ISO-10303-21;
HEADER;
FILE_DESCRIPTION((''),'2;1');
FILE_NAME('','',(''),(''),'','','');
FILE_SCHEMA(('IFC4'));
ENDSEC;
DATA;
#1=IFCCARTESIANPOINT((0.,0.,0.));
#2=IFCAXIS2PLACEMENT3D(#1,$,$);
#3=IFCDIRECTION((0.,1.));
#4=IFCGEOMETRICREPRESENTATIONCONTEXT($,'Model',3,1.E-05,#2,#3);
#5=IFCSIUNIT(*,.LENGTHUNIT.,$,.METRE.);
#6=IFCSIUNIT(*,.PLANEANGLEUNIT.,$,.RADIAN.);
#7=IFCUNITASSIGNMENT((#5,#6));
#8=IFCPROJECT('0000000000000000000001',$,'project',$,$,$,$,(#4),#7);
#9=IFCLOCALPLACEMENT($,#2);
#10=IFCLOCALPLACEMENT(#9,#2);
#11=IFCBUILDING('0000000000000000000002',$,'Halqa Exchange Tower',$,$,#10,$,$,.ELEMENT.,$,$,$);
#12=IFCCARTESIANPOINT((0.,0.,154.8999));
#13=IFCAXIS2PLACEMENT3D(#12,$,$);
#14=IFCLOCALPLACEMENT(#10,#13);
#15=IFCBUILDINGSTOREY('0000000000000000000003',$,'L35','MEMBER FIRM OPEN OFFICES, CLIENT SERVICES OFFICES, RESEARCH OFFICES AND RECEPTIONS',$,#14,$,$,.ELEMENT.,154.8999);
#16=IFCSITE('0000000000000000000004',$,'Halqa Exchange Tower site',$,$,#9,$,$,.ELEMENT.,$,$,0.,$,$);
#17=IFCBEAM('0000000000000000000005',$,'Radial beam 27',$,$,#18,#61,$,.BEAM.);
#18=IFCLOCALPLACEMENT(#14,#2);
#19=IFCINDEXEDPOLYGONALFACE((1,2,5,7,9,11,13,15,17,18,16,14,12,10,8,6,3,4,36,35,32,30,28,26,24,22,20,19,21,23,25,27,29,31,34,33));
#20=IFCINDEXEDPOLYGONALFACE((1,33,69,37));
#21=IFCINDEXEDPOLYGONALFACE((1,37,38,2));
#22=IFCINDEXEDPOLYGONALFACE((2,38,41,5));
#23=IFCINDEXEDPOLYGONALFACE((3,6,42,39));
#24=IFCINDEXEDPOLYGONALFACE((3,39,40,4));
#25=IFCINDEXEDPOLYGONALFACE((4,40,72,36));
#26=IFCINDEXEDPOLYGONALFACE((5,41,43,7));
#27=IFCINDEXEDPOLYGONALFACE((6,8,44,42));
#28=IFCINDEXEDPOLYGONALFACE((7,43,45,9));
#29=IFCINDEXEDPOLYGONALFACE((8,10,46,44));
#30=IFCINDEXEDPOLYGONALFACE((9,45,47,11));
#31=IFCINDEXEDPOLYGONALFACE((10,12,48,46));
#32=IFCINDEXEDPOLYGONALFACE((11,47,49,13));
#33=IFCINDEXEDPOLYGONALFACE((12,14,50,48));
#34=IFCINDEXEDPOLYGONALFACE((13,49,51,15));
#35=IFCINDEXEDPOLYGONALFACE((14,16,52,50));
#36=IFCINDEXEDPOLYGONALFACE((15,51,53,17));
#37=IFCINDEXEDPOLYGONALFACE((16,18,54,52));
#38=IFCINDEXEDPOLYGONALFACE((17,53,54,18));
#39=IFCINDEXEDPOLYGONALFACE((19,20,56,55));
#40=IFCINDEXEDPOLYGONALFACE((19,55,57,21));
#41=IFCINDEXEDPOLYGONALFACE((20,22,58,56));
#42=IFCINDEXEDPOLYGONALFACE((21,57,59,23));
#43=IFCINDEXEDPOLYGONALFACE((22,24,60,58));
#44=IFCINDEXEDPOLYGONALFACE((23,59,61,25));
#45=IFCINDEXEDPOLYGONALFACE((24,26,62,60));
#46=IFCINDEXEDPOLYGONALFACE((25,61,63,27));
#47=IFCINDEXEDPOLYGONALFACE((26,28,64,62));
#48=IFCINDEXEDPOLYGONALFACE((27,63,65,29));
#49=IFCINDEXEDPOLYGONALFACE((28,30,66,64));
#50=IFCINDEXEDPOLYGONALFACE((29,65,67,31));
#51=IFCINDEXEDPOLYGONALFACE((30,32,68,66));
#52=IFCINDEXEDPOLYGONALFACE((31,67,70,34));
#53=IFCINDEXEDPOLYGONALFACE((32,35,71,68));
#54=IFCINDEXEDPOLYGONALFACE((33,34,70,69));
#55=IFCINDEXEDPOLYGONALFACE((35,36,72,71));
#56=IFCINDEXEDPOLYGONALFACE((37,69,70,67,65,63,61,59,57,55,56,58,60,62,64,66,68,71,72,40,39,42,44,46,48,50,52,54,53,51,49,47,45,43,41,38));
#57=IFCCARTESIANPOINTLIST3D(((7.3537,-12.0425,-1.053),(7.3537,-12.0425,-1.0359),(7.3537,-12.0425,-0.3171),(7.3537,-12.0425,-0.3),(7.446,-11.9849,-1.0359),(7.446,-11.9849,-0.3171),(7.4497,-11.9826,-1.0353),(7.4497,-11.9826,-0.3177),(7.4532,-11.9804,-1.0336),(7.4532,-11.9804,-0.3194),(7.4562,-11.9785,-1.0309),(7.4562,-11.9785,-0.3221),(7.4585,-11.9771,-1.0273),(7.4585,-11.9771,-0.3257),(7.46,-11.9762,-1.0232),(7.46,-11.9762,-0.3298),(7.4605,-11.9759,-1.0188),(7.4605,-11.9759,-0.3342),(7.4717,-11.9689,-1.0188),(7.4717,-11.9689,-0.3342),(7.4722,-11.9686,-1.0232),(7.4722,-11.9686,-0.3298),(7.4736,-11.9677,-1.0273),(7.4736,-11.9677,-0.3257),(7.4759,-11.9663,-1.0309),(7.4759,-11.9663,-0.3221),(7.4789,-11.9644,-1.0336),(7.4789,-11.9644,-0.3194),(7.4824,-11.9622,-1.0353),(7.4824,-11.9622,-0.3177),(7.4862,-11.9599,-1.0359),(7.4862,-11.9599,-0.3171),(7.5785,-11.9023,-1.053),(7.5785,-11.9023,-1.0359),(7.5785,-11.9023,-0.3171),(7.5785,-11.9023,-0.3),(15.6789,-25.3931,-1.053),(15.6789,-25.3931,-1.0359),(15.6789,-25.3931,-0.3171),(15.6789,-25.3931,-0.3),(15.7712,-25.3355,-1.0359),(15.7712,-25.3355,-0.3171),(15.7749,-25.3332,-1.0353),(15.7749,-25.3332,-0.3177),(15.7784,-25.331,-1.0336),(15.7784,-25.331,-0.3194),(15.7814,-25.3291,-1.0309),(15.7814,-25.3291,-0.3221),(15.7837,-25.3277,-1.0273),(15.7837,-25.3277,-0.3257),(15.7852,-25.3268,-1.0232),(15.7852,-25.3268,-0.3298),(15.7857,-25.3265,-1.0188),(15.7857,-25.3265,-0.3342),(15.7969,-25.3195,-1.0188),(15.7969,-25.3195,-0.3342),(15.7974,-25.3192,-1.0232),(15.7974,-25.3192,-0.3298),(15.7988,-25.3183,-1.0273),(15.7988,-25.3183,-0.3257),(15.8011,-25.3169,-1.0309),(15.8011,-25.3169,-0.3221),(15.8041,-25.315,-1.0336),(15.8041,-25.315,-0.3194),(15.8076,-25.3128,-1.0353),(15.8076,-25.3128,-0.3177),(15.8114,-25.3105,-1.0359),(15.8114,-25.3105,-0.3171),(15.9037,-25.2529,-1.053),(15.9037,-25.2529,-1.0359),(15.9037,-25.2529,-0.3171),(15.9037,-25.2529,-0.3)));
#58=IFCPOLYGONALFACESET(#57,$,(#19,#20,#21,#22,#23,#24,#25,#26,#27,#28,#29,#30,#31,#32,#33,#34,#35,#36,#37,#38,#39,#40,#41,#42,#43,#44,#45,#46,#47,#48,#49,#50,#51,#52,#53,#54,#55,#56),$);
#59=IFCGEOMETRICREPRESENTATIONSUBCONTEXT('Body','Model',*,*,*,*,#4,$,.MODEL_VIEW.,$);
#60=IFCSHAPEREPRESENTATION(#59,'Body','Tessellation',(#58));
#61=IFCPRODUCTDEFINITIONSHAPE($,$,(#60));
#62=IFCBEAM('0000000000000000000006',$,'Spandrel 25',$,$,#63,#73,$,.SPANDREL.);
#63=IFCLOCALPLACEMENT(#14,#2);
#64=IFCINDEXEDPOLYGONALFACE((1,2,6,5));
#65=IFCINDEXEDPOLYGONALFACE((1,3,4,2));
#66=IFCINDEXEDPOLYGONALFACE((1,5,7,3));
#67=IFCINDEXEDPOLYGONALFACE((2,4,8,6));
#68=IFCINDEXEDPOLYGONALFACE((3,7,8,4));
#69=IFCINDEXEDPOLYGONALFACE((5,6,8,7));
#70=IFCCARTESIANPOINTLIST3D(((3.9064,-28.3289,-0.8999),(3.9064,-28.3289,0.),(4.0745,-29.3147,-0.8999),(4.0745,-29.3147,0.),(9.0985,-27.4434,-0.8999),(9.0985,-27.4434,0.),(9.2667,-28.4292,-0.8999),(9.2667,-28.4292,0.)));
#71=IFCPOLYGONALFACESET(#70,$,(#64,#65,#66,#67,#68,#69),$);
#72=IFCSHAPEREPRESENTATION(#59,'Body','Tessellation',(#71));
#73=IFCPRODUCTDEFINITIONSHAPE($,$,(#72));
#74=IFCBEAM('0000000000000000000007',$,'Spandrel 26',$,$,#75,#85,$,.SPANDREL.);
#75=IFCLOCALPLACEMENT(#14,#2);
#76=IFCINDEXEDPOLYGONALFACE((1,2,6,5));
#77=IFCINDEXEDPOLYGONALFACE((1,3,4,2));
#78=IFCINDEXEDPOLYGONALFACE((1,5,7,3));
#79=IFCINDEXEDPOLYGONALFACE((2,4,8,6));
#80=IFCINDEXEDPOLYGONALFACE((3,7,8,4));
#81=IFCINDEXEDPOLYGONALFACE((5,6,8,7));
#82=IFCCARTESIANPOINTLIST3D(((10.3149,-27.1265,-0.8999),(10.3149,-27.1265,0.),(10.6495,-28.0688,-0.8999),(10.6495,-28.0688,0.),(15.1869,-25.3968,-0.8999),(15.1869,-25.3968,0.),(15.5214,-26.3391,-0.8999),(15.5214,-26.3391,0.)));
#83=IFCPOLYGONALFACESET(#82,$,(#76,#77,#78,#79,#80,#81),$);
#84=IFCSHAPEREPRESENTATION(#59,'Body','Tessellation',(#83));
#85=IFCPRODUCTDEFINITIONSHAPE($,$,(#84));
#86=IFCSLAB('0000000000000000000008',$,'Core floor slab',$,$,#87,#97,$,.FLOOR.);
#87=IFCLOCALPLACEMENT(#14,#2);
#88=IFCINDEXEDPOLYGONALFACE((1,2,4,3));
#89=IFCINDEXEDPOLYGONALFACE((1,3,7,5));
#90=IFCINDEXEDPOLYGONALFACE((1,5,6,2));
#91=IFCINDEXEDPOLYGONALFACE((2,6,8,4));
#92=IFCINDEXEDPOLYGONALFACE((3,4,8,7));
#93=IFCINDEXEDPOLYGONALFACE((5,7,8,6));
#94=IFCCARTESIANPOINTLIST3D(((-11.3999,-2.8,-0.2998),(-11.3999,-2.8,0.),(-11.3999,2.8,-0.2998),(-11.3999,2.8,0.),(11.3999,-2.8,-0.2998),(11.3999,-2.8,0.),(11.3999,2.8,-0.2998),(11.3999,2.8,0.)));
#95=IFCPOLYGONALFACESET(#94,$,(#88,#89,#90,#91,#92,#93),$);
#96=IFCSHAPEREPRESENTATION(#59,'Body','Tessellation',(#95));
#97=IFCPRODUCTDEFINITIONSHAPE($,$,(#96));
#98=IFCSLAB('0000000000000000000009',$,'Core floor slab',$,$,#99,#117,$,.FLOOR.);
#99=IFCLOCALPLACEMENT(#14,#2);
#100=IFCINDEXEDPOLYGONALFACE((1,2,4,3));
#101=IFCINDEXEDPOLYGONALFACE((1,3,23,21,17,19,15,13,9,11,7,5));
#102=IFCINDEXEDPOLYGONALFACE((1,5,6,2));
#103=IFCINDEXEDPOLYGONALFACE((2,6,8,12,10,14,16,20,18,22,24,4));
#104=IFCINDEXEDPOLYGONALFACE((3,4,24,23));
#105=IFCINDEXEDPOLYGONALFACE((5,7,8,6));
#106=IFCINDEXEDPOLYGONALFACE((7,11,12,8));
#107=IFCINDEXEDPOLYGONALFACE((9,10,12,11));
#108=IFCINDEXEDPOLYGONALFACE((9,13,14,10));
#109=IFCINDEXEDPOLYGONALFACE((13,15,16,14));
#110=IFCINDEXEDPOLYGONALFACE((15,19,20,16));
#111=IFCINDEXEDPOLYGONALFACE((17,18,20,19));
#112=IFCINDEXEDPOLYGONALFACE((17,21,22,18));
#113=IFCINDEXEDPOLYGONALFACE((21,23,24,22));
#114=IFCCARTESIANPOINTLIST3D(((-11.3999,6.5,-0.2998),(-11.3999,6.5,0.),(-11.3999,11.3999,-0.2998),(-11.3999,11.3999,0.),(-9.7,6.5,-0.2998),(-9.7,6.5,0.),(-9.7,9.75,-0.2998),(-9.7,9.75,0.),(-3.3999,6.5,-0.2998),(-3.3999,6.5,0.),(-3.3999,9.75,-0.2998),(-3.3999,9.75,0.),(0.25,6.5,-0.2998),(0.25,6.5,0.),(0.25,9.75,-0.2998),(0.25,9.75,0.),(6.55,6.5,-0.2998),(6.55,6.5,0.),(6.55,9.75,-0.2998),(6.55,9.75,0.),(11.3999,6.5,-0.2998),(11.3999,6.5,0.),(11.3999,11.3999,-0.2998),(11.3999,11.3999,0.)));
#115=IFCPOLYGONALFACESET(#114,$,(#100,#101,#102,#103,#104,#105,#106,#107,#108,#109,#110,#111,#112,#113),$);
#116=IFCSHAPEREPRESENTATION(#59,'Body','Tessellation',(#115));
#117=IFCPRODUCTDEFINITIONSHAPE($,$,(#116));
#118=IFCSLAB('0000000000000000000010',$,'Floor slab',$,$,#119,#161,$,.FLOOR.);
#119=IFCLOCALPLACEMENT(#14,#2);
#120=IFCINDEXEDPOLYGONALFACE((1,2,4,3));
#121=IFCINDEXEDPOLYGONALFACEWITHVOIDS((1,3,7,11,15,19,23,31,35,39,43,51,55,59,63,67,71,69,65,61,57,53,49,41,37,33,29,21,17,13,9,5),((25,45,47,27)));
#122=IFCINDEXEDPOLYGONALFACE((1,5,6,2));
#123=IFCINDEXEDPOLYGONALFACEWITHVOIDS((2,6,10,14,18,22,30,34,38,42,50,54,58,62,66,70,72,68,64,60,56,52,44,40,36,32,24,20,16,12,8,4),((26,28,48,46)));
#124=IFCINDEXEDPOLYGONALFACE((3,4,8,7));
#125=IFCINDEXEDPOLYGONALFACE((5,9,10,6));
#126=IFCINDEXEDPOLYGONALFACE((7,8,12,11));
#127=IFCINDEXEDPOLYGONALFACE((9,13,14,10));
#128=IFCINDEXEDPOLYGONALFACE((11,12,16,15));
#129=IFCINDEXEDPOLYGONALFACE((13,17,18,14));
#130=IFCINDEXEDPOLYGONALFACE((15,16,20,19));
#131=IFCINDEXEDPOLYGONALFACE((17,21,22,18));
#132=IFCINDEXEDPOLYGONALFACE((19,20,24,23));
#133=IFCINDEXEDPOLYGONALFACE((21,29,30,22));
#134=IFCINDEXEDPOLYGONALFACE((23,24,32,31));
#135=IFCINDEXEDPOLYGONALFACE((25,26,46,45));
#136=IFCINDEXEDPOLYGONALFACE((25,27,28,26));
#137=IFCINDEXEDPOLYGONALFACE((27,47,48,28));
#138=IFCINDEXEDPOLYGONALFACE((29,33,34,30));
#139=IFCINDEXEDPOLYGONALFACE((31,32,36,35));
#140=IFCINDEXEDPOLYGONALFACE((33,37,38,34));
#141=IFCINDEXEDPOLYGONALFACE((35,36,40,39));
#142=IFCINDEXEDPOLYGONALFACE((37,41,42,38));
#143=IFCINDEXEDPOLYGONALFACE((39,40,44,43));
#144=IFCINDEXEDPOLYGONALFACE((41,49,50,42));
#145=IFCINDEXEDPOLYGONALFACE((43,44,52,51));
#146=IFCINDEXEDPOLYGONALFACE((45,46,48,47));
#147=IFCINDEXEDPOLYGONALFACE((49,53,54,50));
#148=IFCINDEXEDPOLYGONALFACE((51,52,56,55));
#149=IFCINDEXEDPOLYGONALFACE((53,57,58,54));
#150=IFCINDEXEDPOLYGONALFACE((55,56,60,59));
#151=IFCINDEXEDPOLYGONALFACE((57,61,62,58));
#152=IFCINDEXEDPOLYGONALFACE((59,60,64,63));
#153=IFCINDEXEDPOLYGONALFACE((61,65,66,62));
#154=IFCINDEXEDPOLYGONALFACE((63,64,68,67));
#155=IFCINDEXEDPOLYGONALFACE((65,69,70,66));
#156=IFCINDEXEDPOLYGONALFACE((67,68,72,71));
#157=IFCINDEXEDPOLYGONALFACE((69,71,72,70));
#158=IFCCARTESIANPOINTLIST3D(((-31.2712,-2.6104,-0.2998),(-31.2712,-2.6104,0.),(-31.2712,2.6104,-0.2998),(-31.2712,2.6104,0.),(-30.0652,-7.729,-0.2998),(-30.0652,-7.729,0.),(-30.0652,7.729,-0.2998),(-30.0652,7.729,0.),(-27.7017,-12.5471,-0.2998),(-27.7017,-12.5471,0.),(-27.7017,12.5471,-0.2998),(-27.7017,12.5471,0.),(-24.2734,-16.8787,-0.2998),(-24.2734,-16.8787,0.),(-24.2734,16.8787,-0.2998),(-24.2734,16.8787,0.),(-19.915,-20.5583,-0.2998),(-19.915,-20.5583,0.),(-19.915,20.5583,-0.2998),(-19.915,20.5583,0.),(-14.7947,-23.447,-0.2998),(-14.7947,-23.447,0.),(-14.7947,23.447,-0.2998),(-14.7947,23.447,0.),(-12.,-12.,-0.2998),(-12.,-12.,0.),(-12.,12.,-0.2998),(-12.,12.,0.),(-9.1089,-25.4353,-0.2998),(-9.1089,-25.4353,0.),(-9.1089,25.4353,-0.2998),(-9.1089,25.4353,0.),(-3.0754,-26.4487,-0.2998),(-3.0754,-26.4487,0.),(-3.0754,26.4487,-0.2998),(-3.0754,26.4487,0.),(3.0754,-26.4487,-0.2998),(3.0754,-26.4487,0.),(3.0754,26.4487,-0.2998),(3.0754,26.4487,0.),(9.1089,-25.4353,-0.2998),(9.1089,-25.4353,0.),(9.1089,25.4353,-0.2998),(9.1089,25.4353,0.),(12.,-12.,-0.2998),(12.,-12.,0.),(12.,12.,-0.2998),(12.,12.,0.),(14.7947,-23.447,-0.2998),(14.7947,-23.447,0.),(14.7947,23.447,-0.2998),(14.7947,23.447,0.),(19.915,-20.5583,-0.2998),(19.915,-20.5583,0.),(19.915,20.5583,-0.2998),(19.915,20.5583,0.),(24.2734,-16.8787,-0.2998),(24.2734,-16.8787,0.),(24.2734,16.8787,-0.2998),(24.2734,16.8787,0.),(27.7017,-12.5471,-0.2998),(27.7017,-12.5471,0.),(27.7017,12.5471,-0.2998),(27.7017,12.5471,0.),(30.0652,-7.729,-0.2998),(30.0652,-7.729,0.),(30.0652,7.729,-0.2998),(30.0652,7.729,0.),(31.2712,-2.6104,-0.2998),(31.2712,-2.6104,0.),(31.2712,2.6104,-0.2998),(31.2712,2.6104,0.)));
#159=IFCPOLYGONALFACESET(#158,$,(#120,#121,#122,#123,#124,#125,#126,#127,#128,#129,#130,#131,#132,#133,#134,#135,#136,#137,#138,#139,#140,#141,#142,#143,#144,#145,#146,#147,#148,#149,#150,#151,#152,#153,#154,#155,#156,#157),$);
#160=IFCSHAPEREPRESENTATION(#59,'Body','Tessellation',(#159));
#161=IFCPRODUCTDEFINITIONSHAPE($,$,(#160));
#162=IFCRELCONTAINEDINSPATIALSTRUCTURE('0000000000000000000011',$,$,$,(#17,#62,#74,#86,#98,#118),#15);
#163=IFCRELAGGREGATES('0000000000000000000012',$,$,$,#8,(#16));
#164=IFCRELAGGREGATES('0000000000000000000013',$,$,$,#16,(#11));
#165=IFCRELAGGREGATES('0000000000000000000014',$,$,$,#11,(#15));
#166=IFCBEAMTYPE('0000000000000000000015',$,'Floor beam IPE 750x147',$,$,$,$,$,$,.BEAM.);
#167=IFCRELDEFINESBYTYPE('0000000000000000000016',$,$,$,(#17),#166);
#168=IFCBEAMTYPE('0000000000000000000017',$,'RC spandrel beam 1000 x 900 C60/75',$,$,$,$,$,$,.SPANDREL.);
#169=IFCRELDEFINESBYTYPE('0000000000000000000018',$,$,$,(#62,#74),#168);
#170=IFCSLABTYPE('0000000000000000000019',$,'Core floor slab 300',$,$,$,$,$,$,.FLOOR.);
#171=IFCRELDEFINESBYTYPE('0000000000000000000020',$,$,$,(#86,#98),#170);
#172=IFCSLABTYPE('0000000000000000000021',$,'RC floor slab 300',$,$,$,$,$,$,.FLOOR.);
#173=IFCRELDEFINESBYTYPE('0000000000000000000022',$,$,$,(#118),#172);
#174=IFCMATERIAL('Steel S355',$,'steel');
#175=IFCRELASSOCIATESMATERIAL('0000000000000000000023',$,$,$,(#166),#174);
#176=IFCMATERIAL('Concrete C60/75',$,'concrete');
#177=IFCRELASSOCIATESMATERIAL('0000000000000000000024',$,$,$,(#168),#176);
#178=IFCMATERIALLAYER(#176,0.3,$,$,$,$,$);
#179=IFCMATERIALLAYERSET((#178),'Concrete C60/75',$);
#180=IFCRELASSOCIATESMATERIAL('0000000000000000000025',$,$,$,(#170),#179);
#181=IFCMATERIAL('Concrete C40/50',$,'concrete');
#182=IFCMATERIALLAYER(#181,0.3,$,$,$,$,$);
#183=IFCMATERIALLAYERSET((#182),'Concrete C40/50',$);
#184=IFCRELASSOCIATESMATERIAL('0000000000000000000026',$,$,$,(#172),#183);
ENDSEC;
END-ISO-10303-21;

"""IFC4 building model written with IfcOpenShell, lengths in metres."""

from ifc_helpers import new_model, si_unit, direction, frame, origin, origin_2d, place, context, subcontext, project, spatial, polyline, rectangle, i_section, outline, extrude, material, layer, layer_set, material_profile, profile_set, type_object, element, save


model = new_model("IFC4")

# Units and contexts
model_context = context("Model", 3, precision=1e-05, world=origin(), true_north=direction((0.0, 1.0)))
body_context = subcontext(model_context, "Body", "Model", "MODEL_VIEW")
ifc_project = project(units=[si_unit("LENGTHUNIT", "METRE"), si_unit("PLANEANGLEUNIT", "RADIAN")], contexts=[model_context])

# Site, building, storey
site_placement = place(None, origin())
site = spatial("IfcSite", under=ifc_project, at=site_placement, Name="Halqa Exchange Tower site", CompositionType="ELEMENT", RefElevation=0.0)
building_placement = place(site_placement, origin())
building = spatial("IfcBuilding", under=site, at=building_placement, Name="Halqa Exchange Tower", CompositionType="ELEMENT")
storey_placement = place(building_placement, frame((0.0, 0.0, 154.8999)))
storey = spatial("IfcBuildingStorey", under=building, at=storey_placement, Name="L35", Description="MEMBER FIRM OPEN OFFICES, CLIENT SERVICES OFFICES, RESEARCH OFFICES AND RECEPTIONS", CompositionType="ELEMENT", Elevation=154.8999)

# Beams
ifc_material_1 = material(Name="Steel S355", Category="steel")
ifc_material_profile_1 = material_profile(ifc_material_1, i_section(OverallWidth=0.2649, OverallDepth=0.7529, WebThickness=0.0132, FlangeThickness=0.0171, FilletRadius=0.0171, at=origin_2d()), Name="IPE 750x147")
ifc_profile_set_1 = profile_set([ifc_material_profile_1], Name="Steel S355")
beam_type_1 = type_object("IfcBeamType", Name="Floor beam IPE 750x147", PredefinedType="BEAM", material=ifc_profile_set_1)
beam_1_placement = place(storey_placement, frame((7.4661, -11.9724, -0.6765), z_axis=(0.529134, -0.848538, 0.0), x_axis=(0.848538, 0.529134, 0.0)))
element("IfcBeam", 1, at=beam_1_placement, inside=storey, type_object=beam_type_1, Name="Radial beam 27", PredefinedType="BEAM", context=body_context, shape_type="SweptSolid", body=[
    extrude(i_section(OverallWidth=0.2649, OverallDepth=0.7529, WebThickness=0.0132, FlangeThickness=0.0171, FilletRadius=0.0171, at=origin_2d()), origin(), (0.0, 0.0, 1.0), 15.7336),
])
ifc_material_2 = material(Name="Concrete C60/75", Category="concrete")
ifc_material_profile_2 = material_profile(ifc_material_2, rectangle(XDim=1.0, YDim=0.8999, at=origin_2d()), Name="1000 x 900")
ifc_profile_set_2 = profile_set([ifc_material_profile_2], Name="Concrete C60/75")
beam_type_2 = type_object("IfcBeamType", Name="RC spandrel beam 1000 x 900 C60/75", PredefinedType="SPANDREL", material=ifc_profile_set_2)
beam_2_placement = place(storey_placement, frame((3.9905, -28.8218, -0.45), z_axis=(0.985767, 0.168119, 0.0), x_axis=(-0.168119, 0.985767, 0.0)))
element("IfcBeam", 2, at=beam_2_placement, inside=storey, type_object=beam_type_2, Name="Spandrel 25", PredefinedType="SPANDREL", context=body_context, shape_type="SweptSolid", body=[
    extrude(rectangle(XDim=1.0, YDim=0.8999, at=origin_2d()), origin(), (0.0, 0.0, 1.0), 5.2671),
])
beam_3_placement = place(storey_placement, frame((10.4822, -27.5977, -0.45), z_axis=(0.942371, 0.334571, 0.0), x_axis=(-0.334571, 0.942371, 0.0)))
element("IfcBeam", 3, at=beam_3_placement, inside=storey, type_object=beam_type_2, Name="Spandrel 26", PredefinedType="SPANDREL", context=body_context, shape_type="SweptSolid", body=[
    extrude(rectangle(XDim=1.0, YDim=0.8999, at=origin_2d()), origin(), (0.0, 0.0, 1.0), 5.1699),
])

# Slabs
ifc_layer_1 = layer(ifc_material_2, 0.3)
ifc_layer_set_1 = layer_set([ifc_layer_1], Name="Concrete C60/75")
slab_type_1 = type_object("IfcSlabType", Name="Core floor slab 300", PredefinedType="FLOOR", material=ifc_layer_set_1)
slab_1_placement = place(storey_placement, frame((0.0, 0.0, -0.2998)))
element("IfcSlab", 4, at=slab_1_placement, inside=storey, type_object=slab_type_1, Name="Core floor slab", PredefinedType="FLOOR", context=body_context, shape_type="SweptSolid", body=[
    extrude(outline(polyline([(-11.3999, 2.8), (11.3999, 2.8), (11.3999, -2.8), (-11.3999, -2.8), (-11.3999, 2.8)])), origin(), (0.0, 0.0, 1.0), 0.2998),
])
slab_2_placement = place(storey_placement, frame((0.0, 0.0, -0.2998)))
element("IfcSlab", 5, at=slab_2_placement, inside=storey, type_object=slab_type_1, Name="Core floor slab", PredefinedType="FLOOR", context=body_context, shape_type="SweptSolid", body=[
    extrude(outline(polyline([(-11.3999, 11.3999), (11.3999, 11.3999), (11.3999, 6.5), (6.55, 6.5), (6.55, 9.75), (0.25, 9.75), (0.25, 6.5), (-3.3999, 6.5), (-3.3999, 9.75), (-9.7, 9.75), (-9.7, 6.5), (-11.3999, 6.5), (-11.3999, 11.3999)])), origin(), (0.0, 0.0, 1.0), 0.2998),
])
ifc_material_3 = material(Name="Concrete C40/50", Category="concrete")
ifc_layer_2 = layer(ifc_material_3, 0.3)
ifc_layer_set_2 = layer_set([ifc_layer_2], Name="Concrete C40/50")
slab_type_2 = type_object("IfcSlabType", Name="RC floor slab 300", PredefinedType="FLOOR", material=ifc_layer_set_2)
slab_3_placement = place(storey_placement, frame((0.0, 0.0, -0.2998)))
element("IfcSlab", 6, at=slab_3_placement, inside=storey, type_object=slab_type_2, Name="Floor slab", PredefinedType="FLOOR", context=body_context, shape_type="SweptSolid", body=[
    extrude(outline(polyline([(31.2712, 2.6104), (30.0652, 7.729), (27.7017, 12.5471), (24.2734, 16.8787), (19.915, 20.5583), (14.7947, 23.447), (9.1089, 25.4353), (3.0754, 26.4487), (-3.0754, 26.4487), (-9.1089, 25.4353), (-14.7947, 23.447), (-19.915, 20.5583), (-24.2734, 16.8787), (-27.7017, 12.5471), (-30.0652, 7.729), (-31.2712, 2.6104), (-31.2712, -2.6104), (-30.0652, -7.729), (-27.7017, -12.5471), (-24.2734, -16.8787), (-19.915, -20.5583), (-14.7947, -23.447), (-9.1089, -25.4353), (-3.0754, -26.4487), (3.0754, -26.4487), (9.1089, -25.4353), (14.7947, -23.447), (19.915, -20.5583), (24.2734, -16.8787), (27.7017, -12.5471), (30.0652, -7.729), (31.2712, -2.6104), (31.2712, 2.6104)]), holes=[polyline([(-12.0, -12.0), (12.0, -12.0), (12.0, 12.0), (-12.0, 12.0), (-12.0, -12.0)])]), origin(), (0.0, 0.0, 1.0), 0.2998),
])

save(model, "model.ifc")
